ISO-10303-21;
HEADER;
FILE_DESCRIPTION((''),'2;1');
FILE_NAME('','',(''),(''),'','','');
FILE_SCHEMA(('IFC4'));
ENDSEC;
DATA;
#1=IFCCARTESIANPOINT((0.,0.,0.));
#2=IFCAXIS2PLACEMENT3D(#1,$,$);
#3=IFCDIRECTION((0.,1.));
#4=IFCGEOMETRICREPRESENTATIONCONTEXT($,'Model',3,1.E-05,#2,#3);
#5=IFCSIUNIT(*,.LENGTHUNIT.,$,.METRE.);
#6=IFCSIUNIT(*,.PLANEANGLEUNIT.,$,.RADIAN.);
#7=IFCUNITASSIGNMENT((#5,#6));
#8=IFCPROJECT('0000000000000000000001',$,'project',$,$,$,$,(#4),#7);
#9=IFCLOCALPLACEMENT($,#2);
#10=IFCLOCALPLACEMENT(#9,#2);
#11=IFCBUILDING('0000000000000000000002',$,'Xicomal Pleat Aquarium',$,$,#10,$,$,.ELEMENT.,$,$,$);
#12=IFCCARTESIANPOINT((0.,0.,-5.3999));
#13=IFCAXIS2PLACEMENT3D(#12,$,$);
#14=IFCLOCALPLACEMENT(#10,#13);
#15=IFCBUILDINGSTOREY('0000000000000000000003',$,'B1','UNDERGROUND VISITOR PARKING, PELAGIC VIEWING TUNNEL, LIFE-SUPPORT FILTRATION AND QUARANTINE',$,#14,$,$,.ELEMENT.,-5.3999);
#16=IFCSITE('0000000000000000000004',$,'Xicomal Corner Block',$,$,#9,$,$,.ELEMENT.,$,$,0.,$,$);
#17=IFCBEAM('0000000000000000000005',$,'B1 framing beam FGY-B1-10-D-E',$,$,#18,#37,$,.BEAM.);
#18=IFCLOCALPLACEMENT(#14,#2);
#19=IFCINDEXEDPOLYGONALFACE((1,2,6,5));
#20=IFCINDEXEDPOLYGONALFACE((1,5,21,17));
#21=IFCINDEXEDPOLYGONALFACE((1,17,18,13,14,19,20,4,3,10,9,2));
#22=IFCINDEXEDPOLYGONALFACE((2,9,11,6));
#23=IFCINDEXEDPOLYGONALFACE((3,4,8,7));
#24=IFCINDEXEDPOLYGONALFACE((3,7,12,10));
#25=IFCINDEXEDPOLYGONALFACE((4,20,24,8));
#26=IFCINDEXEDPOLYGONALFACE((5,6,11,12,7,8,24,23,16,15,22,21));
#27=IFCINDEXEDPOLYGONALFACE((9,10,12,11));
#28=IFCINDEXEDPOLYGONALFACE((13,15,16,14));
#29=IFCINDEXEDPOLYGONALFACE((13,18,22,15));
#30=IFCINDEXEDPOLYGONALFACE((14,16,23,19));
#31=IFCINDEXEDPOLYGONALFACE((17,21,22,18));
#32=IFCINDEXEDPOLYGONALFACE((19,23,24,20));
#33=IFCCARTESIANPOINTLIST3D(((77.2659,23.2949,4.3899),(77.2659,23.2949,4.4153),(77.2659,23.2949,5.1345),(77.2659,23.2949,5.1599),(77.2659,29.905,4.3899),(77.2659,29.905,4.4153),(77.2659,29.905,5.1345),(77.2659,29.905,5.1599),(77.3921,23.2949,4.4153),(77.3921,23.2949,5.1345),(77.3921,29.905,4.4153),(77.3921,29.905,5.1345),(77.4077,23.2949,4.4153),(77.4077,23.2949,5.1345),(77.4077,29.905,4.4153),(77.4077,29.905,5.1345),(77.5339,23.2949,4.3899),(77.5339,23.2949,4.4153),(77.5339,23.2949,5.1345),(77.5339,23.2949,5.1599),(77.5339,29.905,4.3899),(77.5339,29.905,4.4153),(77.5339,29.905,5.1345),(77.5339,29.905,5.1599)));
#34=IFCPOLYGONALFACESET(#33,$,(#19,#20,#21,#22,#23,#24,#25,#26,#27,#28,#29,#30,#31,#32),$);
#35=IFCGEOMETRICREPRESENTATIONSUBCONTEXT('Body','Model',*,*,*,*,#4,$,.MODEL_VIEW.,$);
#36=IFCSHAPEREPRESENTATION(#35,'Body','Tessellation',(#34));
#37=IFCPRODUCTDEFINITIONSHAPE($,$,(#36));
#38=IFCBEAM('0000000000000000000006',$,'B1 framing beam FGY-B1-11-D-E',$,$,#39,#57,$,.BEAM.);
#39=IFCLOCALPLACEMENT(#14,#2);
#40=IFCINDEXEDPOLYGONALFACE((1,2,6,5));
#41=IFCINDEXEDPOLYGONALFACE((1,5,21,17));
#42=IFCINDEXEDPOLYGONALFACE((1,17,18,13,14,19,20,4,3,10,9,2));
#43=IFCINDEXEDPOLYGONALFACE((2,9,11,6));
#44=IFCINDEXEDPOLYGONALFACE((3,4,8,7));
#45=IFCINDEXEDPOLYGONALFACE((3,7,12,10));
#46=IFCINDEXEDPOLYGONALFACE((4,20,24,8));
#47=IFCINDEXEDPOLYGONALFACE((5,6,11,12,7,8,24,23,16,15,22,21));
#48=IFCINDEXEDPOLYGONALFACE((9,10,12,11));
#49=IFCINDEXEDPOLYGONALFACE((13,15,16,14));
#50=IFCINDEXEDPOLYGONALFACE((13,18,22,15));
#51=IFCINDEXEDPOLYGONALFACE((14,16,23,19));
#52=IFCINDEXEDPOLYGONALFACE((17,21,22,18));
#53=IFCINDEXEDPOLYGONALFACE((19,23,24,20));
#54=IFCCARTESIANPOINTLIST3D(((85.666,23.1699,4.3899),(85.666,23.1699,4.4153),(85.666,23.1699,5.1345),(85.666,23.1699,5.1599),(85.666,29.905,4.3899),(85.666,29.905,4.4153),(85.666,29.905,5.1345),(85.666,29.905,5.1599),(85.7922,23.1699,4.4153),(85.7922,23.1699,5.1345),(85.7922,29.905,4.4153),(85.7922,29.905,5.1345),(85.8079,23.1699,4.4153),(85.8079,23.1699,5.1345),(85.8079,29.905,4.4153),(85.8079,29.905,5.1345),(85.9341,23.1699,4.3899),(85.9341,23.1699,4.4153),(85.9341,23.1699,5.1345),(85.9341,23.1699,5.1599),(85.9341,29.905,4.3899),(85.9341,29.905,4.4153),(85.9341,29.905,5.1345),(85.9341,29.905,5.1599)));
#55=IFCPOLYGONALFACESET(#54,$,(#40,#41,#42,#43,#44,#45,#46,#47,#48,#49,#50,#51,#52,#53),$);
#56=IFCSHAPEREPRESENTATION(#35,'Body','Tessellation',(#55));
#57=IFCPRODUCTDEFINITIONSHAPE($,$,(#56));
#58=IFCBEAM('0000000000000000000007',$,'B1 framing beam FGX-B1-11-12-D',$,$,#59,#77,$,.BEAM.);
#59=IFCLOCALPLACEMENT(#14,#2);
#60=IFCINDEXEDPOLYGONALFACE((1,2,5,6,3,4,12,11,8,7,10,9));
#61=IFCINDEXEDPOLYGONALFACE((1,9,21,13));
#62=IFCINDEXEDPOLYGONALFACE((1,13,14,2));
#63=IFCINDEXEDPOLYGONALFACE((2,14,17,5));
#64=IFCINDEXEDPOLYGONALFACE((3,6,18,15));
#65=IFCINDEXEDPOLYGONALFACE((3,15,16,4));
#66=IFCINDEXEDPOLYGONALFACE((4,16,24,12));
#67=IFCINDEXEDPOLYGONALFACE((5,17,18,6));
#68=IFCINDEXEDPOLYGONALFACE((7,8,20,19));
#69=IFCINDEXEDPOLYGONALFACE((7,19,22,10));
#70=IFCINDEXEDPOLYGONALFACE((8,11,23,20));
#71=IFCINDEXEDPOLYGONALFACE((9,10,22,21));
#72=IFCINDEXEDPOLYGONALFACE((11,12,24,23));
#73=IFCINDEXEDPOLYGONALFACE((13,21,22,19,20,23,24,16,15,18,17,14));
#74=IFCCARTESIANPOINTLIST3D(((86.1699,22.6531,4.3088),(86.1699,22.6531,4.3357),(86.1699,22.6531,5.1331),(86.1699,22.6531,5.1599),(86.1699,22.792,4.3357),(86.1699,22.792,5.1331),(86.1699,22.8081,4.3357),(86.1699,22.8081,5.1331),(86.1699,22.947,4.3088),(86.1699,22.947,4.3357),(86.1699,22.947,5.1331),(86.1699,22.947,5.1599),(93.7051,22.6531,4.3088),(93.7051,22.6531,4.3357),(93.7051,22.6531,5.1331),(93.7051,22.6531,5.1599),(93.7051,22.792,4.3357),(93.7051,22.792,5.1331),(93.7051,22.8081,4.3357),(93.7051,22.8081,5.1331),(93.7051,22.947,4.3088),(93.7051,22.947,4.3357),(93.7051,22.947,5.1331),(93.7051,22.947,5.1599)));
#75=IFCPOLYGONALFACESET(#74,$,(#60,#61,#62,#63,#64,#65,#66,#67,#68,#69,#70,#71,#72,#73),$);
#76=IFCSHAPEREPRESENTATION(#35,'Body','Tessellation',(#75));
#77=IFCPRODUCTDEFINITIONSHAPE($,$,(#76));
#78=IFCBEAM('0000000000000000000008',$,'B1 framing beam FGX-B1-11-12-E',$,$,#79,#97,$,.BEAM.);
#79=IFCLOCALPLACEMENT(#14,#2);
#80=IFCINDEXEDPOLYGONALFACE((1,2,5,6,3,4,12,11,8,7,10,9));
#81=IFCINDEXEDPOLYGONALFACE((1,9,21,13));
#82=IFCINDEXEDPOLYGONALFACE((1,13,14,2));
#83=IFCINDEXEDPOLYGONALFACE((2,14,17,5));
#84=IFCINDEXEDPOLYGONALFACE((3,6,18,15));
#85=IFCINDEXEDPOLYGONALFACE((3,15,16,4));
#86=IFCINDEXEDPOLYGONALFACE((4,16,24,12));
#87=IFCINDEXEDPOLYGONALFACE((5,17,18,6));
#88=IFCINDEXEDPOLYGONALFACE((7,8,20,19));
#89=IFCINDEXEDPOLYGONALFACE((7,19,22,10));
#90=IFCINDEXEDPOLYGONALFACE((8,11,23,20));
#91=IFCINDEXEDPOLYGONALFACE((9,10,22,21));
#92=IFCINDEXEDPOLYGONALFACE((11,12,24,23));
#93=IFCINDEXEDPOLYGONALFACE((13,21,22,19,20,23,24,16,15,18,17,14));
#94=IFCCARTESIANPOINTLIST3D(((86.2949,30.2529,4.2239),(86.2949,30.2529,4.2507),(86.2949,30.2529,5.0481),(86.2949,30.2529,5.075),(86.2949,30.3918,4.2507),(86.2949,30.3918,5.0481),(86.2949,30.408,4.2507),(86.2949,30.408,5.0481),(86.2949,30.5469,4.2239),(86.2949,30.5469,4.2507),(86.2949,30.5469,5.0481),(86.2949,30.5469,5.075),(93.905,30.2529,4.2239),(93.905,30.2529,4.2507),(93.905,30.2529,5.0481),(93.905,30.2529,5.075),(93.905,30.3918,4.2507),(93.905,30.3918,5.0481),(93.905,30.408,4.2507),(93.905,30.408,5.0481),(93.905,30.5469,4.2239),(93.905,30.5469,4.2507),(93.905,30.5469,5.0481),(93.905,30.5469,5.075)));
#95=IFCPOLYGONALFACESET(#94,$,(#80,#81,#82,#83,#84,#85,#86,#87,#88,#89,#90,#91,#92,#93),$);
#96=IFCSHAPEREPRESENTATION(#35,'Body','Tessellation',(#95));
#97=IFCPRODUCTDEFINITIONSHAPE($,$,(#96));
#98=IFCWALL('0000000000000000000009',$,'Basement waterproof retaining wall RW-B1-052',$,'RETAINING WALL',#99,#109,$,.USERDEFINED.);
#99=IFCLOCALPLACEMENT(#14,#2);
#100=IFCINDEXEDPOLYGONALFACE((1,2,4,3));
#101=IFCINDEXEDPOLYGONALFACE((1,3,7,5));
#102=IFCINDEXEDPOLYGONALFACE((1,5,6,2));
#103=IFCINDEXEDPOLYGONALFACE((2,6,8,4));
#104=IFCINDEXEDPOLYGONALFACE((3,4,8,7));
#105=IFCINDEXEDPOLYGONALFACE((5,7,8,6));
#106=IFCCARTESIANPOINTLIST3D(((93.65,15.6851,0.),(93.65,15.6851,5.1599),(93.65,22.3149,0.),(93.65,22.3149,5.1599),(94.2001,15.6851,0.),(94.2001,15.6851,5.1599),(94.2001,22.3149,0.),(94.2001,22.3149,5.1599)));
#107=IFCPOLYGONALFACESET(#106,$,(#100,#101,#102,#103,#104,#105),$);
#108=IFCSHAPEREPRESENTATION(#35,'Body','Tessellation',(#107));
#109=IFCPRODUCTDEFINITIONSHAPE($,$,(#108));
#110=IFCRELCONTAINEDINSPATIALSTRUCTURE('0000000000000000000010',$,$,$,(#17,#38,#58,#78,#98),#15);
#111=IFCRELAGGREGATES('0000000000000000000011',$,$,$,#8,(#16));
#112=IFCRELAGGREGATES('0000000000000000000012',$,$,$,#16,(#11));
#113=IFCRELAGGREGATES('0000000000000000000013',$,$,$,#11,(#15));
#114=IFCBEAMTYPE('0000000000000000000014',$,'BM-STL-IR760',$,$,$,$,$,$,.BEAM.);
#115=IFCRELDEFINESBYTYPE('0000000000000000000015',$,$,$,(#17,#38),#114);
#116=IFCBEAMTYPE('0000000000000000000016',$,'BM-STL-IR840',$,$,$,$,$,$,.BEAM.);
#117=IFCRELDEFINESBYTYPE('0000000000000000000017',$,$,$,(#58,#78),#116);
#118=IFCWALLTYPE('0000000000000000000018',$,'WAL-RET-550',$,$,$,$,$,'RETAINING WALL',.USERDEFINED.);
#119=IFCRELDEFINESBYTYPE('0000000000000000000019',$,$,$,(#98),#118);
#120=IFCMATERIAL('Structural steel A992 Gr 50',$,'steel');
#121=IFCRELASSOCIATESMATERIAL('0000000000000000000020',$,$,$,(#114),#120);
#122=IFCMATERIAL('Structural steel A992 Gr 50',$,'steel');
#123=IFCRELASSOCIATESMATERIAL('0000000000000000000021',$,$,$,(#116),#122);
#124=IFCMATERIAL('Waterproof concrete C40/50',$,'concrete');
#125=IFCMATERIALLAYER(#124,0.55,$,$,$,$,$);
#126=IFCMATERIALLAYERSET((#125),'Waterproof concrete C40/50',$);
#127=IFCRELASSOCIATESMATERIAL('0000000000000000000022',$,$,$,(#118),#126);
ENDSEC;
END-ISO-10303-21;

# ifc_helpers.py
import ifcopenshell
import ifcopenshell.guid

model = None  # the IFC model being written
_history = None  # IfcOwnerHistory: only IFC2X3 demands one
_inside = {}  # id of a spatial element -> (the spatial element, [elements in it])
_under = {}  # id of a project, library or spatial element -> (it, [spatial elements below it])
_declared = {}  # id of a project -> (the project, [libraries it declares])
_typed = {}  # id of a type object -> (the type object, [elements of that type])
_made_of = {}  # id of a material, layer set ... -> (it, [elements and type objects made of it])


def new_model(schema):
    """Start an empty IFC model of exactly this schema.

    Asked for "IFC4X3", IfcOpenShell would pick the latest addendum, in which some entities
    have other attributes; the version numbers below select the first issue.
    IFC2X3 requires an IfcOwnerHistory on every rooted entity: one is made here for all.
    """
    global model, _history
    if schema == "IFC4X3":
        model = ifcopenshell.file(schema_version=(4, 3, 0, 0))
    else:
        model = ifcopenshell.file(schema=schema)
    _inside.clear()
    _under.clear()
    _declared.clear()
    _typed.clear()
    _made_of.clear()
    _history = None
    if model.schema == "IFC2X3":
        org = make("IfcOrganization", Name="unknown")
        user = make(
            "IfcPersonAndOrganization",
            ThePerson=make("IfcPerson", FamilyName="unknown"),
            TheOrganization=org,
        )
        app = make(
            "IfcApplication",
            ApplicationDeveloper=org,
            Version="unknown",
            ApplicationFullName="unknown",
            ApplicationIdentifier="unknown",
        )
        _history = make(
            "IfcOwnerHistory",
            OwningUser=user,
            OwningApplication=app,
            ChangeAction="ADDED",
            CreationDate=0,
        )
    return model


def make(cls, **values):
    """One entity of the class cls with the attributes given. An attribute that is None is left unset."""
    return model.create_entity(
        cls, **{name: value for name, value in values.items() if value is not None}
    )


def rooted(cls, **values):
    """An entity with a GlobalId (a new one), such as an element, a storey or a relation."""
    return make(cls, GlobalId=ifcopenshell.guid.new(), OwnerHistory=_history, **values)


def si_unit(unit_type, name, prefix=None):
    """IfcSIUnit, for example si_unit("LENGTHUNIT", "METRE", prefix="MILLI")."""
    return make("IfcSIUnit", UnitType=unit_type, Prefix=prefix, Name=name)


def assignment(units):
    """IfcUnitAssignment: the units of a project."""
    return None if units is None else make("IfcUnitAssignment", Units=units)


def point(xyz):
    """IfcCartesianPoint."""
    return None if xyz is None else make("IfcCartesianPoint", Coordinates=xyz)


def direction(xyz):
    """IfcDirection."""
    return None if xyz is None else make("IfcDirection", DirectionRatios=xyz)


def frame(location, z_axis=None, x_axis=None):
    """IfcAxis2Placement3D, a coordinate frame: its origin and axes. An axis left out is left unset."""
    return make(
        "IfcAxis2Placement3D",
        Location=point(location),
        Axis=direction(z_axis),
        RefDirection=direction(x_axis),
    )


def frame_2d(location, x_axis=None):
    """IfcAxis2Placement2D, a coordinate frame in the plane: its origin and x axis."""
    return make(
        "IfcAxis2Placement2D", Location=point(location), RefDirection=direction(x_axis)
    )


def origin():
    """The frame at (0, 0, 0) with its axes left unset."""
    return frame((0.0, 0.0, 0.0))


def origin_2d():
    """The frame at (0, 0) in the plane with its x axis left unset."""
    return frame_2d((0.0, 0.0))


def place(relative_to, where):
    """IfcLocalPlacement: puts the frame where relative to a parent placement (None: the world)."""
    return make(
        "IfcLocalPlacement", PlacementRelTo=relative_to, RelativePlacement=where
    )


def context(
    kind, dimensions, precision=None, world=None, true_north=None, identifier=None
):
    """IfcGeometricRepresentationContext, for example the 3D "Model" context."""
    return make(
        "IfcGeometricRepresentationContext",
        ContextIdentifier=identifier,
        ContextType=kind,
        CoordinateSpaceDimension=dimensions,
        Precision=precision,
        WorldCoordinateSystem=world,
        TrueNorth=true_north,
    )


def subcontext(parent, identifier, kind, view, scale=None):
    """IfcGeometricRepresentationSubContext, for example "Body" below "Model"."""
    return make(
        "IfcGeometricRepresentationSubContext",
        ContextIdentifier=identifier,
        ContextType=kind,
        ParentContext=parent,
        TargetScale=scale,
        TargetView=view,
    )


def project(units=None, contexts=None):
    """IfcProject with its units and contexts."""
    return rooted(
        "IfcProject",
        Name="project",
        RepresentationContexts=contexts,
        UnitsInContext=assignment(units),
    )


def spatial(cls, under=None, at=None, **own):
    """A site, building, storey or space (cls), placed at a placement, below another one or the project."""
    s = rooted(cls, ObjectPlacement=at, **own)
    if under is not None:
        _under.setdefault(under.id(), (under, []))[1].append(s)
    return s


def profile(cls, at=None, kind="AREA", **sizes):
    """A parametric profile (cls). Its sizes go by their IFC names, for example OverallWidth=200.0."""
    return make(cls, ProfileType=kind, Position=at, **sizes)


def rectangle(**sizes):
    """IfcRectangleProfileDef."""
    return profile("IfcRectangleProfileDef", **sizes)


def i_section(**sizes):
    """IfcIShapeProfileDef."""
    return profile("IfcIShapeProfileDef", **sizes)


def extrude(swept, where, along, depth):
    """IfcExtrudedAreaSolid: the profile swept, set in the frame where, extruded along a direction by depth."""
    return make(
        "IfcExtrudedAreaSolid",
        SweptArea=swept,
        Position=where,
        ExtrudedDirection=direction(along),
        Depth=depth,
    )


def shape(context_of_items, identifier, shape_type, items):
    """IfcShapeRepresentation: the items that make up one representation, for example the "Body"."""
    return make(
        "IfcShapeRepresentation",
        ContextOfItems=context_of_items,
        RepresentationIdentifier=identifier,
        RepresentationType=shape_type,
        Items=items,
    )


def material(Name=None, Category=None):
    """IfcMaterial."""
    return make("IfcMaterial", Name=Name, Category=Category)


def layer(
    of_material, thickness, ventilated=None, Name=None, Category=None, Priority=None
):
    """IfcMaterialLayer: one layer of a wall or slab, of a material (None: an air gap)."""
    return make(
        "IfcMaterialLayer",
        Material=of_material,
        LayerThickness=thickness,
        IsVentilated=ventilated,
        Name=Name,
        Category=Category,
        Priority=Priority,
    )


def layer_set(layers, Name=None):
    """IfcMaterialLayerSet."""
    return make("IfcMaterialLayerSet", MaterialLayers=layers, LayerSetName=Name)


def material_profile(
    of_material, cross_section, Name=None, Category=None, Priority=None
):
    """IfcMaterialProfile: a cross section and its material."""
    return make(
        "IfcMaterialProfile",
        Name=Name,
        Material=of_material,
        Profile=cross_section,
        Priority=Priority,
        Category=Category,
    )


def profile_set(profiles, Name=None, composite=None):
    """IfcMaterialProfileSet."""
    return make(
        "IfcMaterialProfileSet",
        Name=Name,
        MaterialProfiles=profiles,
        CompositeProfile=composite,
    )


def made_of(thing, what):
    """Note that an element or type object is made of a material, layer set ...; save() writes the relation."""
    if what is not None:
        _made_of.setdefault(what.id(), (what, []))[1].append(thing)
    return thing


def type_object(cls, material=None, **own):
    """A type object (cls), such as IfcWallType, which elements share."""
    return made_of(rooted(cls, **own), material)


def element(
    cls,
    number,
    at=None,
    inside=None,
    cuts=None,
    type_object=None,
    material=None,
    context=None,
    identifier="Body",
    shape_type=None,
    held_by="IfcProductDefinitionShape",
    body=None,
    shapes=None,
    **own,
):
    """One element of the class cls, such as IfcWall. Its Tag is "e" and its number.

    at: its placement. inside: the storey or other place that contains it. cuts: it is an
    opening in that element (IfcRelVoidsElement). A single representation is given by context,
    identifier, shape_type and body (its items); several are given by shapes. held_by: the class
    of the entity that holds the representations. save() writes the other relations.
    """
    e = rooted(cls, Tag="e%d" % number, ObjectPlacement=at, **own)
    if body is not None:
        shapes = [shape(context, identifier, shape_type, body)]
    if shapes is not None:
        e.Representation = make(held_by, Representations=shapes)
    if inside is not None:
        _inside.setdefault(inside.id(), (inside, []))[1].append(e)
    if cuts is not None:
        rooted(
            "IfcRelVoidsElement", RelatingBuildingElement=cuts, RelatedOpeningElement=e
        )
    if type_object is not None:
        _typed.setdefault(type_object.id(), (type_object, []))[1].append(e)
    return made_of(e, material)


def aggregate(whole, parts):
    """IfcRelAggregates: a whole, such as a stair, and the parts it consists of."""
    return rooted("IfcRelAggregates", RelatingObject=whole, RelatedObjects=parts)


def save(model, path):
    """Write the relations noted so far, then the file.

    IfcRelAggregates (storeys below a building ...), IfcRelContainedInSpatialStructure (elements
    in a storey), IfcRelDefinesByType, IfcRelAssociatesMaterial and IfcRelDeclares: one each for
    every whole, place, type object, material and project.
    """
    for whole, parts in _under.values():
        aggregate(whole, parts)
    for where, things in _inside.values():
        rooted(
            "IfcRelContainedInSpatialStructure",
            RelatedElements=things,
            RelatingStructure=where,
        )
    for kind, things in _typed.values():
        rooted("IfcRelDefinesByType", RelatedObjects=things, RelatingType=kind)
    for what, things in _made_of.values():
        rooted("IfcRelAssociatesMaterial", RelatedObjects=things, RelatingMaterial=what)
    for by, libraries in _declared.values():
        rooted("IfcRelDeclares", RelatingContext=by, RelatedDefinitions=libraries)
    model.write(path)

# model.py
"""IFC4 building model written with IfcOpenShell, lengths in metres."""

from ifc_helpers import new_model, si_unit, direction, frame, frame_2d, origin, origin_2d, place, context, subcontext, project, spatial, rectangle, i_section, extrude, material, layer, layer_set, material_profile, profile_set, type_object, element, save


model = new_model("IFC4")

# Units and contexts
model_context = context("Model", 3, precision=1e-05, world=origin(), true_north=direction((0.0, 1.0)))
body_context = subcontext(model_context, "Body", "Model", "MODEL_VIEW")
ifc_project = project(units=[si_unit("LENGTHUNIT", "METRE"), si_unit("PLANEANGLEUNIT", "RADIAN")], contexts=[model_context])

# Site, building, storey
site_placement = place(None, origin())
site = spatial("IfcSite", under=ifc_project, at=site_placement, Name="Xicomal Corner Block", CompositionType="ELEMENT", RefElevation=0.0)
building_placement = place(site_placement, origin())
building = spatial("IfcBuilding", under=site, at=building_placement, Name="Xicomal Pleat Aquarium", CompositionType="ELEMENT")
storey_placement = place(building_placement, frame((0.0, 0.0, -5.3999)))
storey = spatial("IfcBuildingStorey", under=building, at=storey_placement, Name="B1", Description="UNDERGROUND VISITOR PARKING, PELAGIC VIEWING TUNNEL, LIFE-SUPPORT FILTRATION AND QUARANTINE", CompositionType="ELEMENT", Elevation=-5.3999)

# Beams
ifc_material_1 = material(Name="Structural steel A992 Gr 50", Category="steel")
ifc_material_profile_1 = material_profile(ifc_material_1, i_section(OverallWidth=0.2681, OverallDepth=0.77, WebThickness=0.0156, FlangeThickness=0.0254, at=origin_2d()), Name="IR 760x196")
ifc_profile_set_1 = profile_set([ifc_material_profile_1], Name="Structural steel A992 Gr 50")
beam_type_1 = type_object("IfcBeamType", Name="BM-STL-IR760", PredefinedType="BEAM", material=ifc_profile_set_1)
beam_1_placement = place(storey_placement, frame((77.3999, 23.2949, 4.7749), z_axis=(0.0, 1.0, 0.0), x_axis=(-1.0, 0.0, 0.0)))
element("IfcBeam", 1, at=beam_1_placement, inside=storey, type_object=beam_type_1, Name="B1 framing beam FGY-B1-10-D-E", PredefinedType="BEAM", context=body_context, shape_type="SweptSolid", body=[
    extrude(i_section(OverallWidth=0.2681, OverallDepth=0.77, WebThickness=0.0156, FlangeThickness=0.0254, at=origin_2d()), origin(), (0.0, 0.0, 1.0), 6.6101),
])
beam_2_placement = place(storey_placement, frame((85.8, 23.1699, 4.7749), z_axis=(0.0, 1.0, 0.0), x_axis=(-1.0, 0.0, 0.0)))
element("IfcBeam", 2, at=beam_2_placement, inside=storey, type_object=beam_type_1, Name="B1 framing beam FGY-B1-11-D-E", PredefinedType="BEAM", context=body_context, shape_type="SweptSolid", body=[
    extrude(i_section(OverallWidth=0.2681, OverallDepth=0.77, WebThickness=0.0156, FlangeThickness=0.0254, at=origin_2d()), origin(), (0.0, 0.0, 1.0), 6.7351),
])
ifc_material_2 = material(Name="Structural steel A992 Gr 50", Category="steel")
ifc_material_profile_2 = material_profile(ifc_material_2, i_section(OverallWidth=0.2939, OverallDepth=0.8511, WebThickness=0.0161, FlangeThickness=0.0269, at=origin_2d()), Name="IR 840x226")
ifc_profile_set_2 = profile_set([ifc_material_profile_2], Name="Structural steel A992 Gr 50")
beam_type_2 = type_object("IfcBeamType", Name="BM-STL-IR840", PredefinedType="BEAM", material=ifc_profile_set_2)
beam_3_placement = place(storey_placement, frame((86.1699, 22.8, 4.7344), z_axis=(1.0, 0.0, 0.0), x_axis=(0.0, 1.0, 0.0)))
element("IfcBeam", 3, at=beam_3_placement, inside=storey, type_object=beam_type_2, Name="B1 framing beam FGX-B1-11-12-D", PredefinedType="BEAM", context=body_context, shape_type="SweptSolid", body=[
    extrude(i_section(OverallWidth=0.2939, OverallDepth=0.8511, WebThickness=0.0161, FlangeThickness=0.0269, at=origin_2d()), origin(), (0.0, 0.0, 1.0), 7.5352),
])
beam_4_placement = place(storey_placement, frame((86.2949, 30.3999, 4.6494), z_axis=(1.0, 0.0, 0.0), x_axis=(0.0, 1.0, 0.0)))
element("IfcBeam", 4, at=beam_4_placement, inside=storey, type_object=beam_type_2, Name="B1 framing beam FGX-B1-11-12-E", PredefinedType="BEAM", context=body_context, shape_type="SweptSolid", body=[
    extrude(i_section(OverallWidth=0.2939, OverallDepth=0.8511, WebThickness=0.0161, FlangeThickness=0.0269, at=origin_2d()), origin(), (0.0, 0.0, 1.0), 7.6101),
])

# Wall
ifc_material_3 = material(Name="Waterproof concrete C40/50", Category="concrete")
ifc_layer = layer(ifc_material_3, 0.55)
ifc_layer_set = layer_set([ifc_layer], Name="Waterproof concrete C40/50")
wall_type = type_object("IfcWallType", Name="WAL-RET-550", ElementType="RETAINING WALL", PredefinedType="USERDEFINED", material=ifc_layer_set)
wall_placement = place(storey_placement, frame((93.925, 22.3149, 0.0), z_axis=(0.0, 0.0, 1.0), x_axis=(0.0, -1.0, 0.0)))
element("IfcWall", 5, at=wall_placement, inside=storey, type_object=wall_type, Name="Basement waterproof retaining wall RW-B1-052", ObjectType="RETAINING WALL", PredefinedType="USERDEFINED", context=body_context, shape_type="SweptSolid", body=[
    extrude(rectangle(XDim=6.6299, YDim=0.55, at=frame_2d((3.3149, 0.0))), origin(), (0.0, 0.0, 1.0), 5.1599),
])

save(model, "model.ifc")
